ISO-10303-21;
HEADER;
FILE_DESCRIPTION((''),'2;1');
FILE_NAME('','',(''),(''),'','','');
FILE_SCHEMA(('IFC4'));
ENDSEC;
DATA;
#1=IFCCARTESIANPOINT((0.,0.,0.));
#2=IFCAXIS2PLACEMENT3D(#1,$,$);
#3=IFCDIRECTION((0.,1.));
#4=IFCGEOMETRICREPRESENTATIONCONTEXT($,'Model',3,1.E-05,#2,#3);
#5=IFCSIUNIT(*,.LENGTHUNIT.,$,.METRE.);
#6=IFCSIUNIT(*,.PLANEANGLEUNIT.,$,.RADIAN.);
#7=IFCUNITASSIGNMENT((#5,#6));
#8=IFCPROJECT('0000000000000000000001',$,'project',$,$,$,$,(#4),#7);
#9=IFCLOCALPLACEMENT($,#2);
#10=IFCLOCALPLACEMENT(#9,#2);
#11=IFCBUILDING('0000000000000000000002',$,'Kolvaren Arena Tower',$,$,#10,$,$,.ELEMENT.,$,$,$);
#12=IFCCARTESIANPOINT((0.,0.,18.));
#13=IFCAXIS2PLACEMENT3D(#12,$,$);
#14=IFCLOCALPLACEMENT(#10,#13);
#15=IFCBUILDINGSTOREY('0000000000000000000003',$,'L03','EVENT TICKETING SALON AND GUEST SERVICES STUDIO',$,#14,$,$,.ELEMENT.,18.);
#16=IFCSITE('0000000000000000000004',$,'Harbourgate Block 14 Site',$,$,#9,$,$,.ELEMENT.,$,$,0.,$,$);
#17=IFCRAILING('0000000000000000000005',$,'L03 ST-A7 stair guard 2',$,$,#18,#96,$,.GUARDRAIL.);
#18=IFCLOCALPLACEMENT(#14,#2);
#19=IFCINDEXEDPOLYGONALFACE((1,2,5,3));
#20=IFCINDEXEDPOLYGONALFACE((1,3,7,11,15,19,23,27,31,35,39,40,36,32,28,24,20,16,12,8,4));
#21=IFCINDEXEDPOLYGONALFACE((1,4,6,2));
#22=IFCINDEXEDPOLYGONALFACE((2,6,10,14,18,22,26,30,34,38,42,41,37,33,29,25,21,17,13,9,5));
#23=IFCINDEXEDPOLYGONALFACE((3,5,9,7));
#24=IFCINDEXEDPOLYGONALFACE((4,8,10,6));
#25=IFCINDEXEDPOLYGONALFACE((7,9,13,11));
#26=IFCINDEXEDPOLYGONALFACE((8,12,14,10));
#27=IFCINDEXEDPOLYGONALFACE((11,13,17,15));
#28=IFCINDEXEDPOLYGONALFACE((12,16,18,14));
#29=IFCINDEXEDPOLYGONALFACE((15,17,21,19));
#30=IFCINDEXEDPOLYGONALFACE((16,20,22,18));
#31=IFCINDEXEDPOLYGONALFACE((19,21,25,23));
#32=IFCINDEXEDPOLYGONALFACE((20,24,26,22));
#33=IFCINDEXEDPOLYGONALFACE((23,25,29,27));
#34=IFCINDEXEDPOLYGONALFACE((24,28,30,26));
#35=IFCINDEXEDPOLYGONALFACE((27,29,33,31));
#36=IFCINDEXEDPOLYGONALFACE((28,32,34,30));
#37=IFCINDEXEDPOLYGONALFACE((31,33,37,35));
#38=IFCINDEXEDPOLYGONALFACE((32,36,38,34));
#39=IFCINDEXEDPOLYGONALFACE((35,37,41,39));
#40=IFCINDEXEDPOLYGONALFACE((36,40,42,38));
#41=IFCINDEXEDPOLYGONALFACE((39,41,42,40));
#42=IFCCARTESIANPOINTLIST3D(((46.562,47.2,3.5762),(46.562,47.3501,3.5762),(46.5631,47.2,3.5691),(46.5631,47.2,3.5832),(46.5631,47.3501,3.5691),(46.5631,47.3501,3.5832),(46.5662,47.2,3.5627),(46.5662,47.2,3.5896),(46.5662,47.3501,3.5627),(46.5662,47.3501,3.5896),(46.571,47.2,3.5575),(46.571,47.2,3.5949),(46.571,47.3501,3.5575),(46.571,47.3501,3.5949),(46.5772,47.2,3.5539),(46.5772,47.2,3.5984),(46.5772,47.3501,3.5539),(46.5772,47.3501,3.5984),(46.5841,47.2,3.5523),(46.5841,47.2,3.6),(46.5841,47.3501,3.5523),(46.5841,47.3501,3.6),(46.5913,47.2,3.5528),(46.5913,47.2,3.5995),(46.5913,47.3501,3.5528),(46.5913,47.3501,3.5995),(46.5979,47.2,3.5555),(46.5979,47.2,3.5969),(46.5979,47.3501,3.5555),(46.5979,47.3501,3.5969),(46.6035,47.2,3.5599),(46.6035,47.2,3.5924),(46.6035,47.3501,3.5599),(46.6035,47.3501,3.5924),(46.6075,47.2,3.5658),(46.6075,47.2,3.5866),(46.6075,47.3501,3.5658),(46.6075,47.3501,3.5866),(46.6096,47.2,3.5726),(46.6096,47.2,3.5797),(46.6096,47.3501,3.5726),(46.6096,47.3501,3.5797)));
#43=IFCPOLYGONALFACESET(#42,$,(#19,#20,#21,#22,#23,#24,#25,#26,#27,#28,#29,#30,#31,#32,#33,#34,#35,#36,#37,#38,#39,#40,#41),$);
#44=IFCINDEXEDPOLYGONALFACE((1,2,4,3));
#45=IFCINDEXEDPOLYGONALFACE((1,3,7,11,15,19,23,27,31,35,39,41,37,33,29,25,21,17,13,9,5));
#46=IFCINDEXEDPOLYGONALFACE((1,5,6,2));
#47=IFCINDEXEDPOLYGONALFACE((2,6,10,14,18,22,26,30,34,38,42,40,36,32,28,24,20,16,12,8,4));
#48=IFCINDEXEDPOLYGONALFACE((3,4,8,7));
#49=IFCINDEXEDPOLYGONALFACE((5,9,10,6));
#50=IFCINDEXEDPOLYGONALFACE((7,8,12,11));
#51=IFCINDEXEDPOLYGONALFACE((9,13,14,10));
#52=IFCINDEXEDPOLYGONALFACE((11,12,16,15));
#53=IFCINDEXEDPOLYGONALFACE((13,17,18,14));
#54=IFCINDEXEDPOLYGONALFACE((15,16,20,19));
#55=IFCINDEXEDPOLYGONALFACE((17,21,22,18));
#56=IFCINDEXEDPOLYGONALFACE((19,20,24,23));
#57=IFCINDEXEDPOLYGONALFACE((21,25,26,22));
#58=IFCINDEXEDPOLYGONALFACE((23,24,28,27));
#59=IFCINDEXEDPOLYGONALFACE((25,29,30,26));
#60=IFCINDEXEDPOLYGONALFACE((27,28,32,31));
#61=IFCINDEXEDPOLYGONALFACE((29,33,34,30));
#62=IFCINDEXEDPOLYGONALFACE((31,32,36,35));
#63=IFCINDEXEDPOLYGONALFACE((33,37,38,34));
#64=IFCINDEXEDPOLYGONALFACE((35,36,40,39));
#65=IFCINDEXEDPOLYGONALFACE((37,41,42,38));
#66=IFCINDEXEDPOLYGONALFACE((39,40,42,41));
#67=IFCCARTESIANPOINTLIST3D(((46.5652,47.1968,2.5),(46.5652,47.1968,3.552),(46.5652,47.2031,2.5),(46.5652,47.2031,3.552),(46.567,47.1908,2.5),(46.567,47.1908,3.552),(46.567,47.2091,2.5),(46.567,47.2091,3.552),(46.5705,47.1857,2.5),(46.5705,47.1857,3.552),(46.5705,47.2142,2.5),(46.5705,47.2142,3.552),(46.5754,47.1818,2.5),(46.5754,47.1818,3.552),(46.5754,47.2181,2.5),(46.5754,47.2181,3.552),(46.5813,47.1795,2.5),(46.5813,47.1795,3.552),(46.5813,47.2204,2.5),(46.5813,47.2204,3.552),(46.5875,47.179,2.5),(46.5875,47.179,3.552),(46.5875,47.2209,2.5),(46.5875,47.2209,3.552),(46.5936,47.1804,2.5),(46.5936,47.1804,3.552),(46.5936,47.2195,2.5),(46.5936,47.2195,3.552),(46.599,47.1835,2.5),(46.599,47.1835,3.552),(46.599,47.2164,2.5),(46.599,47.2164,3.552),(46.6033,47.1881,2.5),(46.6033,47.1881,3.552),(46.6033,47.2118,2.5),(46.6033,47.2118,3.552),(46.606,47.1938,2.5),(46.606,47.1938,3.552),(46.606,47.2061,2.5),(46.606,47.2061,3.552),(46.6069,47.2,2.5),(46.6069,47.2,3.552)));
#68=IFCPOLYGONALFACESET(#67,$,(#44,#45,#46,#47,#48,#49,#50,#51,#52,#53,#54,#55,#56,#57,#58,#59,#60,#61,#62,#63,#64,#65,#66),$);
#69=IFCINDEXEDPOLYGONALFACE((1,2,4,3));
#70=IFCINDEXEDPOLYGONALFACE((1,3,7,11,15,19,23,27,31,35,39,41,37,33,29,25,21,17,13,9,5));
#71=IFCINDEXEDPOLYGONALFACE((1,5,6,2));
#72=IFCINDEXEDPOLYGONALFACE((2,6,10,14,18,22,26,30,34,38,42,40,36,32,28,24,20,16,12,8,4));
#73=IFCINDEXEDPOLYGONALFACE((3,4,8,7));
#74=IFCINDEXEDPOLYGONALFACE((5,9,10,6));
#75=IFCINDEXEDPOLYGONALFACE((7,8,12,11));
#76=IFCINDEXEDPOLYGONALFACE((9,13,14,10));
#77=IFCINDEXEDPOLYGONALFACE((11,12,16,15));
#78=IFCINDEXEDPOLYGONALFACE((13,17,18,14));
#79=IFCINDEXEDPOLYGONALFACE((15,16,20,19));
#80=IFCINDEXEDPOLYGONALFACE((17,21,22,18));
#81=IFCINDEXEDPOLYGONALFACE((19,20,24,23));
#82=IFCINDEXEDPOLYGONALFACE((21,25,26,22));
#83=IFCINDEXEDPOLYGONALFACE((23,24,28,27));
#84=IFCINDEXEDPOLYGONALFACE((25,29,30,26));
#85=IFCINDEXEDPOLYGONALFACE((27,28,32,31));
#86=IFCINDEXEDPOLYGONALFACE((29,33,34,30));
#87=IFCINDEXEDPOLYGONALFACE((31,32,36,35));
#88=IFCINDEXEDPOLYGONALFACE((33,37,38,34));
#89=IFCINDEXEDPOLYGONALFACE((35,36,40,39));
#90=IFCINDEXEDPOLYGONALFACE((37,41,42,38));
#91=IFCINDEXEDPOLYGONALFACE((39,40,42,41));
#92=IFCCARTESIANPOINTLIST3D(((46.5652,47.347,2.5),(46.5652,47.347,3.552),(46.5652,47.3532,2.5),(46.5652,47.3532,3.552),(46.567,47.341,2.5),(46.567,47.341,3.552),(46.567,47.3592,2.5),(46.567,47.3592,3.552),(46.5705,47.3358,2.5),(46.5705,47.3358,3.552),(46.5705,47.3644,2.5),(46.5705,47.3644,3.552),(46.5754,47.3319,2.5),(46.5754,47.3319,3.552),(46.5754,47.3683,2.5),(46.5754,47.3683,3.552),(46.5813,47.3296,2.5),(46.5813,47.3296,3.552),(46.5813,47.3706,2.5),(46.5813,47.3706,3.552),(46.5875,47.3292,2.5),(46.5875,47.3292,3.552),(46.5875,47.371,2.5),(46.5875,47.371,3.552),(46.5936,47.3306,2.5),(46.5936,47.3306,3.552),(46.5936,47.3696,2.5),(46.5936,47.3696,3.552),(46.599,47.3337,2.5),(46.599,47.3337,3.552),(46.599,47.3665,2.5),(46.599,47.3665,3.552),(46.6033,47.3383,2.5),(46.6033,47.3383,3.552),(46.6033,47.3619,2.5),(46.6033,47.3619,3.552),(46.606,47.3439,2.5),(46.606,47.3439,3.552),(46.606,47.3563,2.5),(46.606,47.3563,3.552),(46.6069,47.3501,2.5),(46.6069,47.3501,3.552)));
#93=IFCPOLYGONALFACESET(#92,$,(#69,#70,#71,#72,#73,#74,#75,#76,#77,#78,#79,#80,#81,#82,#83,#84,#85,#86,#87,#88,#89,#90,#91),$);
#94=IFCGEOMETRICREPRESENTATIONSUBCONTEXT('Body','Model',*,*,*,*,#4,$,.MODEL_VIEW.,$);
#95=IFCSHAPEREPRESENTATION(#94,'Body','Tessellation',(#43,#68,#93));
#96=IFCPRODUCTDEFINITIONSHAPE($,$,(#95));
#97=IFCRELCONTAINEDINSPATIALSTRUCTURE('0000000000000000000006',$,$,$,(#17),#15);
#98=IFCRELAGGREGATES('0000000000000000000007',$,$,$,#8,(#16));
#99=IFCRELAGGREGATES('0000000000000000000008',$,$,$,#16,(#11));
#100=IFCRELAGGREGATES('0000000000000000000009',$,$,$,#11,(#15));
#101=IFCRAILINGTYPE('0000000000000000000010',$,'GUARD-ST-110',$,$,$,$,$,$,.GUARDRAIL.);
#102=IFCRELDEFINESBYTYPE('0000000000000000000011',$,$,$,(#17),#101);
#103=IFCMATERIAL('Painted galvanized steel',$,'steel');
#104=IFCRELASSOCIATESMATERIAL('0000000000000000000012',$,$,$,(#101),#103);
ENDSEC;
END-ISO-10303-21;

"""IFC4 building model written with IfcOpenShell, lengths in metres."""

from ifc_helpers import new_model, si_unit, direction, frame, origin, origin_2d, place, context, subcontext, project, spatial, circle, extrude, material, type_object, element, save


model = new_model("IFC4")

# Units and contexts
model_context = context("Model", 3, precision=1e-05, world=origin(), true_north=direction((0.0, 1.0)))
body_context = subcontext(model_context, "Body", "Model", "MODEL_VIEW")
ifc_project = project(units=[si_unit("LENGTHUNIT", "METRE"), si_unit("PLANEANGLEUNIT", "RADIAN")], contexts=[model_context])

# Site, building, storey
site_placement = place(None, origin())
site = spatial("IfcSite", under=ifc_project, at=site_placement, Name="Harbourgate Block 14 Site", CompositionType="ELEMENT", RefElevation=0.0)
building_placement = place(site_placement, origin())
building = spatial("IfcBuilding", under=site, at=building_placement, Name="Kolvaren Arena Tower", CompositionType="ELEMENT")
storey_placement = place(building_placement, frame((0.0, 0.0, 18.0)))
storey = spatial("IfcBuildingStorey", under=building, at=storey_placement, Name="L03", Description="EVENT TICKETING SALON AND GUEST SERVICES STUDIO", CompositionType="ELEMENT", Elevation=18.0)

# Railing
ifc_material_1 = material(Name="Painted galvanized steel", Category="steel")
railing_type_1 = type_object("IfcRailingType", Name="GUARD-ST-110", PredefinedType="GUARDRAIL", material=ifc_material_1)
railing_1_placement = place(storey_placement, frame((46.5859, 47.2, 2.5)))
element("IfcRailing", 1, at=railing_1_placement, inside=storey, type_object=railing_type_1, Name="L03 ST-A7 stair guard 2", PredefinedType="GUARDRAIL", context=body_context, shape_type="SweptSolid", body=[
    extrude(circle(Radius=0.0239, at=origin_2d()), frame((0.0, 0.0, 1.0762), z_axis=(0.0, 1.0, 0.0), x_axis=(-1.0, 0.0, 0.0)), (0.0, 0.0, 1.0), 0.1501),
    extrude(circle(Radius=0.021, at=origin_2d()), origin(), (0.0, 0.0, 1.0), 1.052),
    extrude(circle(Radius=0.021, at=origin_2d()), frame((0.0, 0.1501, 0.0)), (0.0, 0.0, 1.0), 1.052),
])

save(model, "model.ifc")
